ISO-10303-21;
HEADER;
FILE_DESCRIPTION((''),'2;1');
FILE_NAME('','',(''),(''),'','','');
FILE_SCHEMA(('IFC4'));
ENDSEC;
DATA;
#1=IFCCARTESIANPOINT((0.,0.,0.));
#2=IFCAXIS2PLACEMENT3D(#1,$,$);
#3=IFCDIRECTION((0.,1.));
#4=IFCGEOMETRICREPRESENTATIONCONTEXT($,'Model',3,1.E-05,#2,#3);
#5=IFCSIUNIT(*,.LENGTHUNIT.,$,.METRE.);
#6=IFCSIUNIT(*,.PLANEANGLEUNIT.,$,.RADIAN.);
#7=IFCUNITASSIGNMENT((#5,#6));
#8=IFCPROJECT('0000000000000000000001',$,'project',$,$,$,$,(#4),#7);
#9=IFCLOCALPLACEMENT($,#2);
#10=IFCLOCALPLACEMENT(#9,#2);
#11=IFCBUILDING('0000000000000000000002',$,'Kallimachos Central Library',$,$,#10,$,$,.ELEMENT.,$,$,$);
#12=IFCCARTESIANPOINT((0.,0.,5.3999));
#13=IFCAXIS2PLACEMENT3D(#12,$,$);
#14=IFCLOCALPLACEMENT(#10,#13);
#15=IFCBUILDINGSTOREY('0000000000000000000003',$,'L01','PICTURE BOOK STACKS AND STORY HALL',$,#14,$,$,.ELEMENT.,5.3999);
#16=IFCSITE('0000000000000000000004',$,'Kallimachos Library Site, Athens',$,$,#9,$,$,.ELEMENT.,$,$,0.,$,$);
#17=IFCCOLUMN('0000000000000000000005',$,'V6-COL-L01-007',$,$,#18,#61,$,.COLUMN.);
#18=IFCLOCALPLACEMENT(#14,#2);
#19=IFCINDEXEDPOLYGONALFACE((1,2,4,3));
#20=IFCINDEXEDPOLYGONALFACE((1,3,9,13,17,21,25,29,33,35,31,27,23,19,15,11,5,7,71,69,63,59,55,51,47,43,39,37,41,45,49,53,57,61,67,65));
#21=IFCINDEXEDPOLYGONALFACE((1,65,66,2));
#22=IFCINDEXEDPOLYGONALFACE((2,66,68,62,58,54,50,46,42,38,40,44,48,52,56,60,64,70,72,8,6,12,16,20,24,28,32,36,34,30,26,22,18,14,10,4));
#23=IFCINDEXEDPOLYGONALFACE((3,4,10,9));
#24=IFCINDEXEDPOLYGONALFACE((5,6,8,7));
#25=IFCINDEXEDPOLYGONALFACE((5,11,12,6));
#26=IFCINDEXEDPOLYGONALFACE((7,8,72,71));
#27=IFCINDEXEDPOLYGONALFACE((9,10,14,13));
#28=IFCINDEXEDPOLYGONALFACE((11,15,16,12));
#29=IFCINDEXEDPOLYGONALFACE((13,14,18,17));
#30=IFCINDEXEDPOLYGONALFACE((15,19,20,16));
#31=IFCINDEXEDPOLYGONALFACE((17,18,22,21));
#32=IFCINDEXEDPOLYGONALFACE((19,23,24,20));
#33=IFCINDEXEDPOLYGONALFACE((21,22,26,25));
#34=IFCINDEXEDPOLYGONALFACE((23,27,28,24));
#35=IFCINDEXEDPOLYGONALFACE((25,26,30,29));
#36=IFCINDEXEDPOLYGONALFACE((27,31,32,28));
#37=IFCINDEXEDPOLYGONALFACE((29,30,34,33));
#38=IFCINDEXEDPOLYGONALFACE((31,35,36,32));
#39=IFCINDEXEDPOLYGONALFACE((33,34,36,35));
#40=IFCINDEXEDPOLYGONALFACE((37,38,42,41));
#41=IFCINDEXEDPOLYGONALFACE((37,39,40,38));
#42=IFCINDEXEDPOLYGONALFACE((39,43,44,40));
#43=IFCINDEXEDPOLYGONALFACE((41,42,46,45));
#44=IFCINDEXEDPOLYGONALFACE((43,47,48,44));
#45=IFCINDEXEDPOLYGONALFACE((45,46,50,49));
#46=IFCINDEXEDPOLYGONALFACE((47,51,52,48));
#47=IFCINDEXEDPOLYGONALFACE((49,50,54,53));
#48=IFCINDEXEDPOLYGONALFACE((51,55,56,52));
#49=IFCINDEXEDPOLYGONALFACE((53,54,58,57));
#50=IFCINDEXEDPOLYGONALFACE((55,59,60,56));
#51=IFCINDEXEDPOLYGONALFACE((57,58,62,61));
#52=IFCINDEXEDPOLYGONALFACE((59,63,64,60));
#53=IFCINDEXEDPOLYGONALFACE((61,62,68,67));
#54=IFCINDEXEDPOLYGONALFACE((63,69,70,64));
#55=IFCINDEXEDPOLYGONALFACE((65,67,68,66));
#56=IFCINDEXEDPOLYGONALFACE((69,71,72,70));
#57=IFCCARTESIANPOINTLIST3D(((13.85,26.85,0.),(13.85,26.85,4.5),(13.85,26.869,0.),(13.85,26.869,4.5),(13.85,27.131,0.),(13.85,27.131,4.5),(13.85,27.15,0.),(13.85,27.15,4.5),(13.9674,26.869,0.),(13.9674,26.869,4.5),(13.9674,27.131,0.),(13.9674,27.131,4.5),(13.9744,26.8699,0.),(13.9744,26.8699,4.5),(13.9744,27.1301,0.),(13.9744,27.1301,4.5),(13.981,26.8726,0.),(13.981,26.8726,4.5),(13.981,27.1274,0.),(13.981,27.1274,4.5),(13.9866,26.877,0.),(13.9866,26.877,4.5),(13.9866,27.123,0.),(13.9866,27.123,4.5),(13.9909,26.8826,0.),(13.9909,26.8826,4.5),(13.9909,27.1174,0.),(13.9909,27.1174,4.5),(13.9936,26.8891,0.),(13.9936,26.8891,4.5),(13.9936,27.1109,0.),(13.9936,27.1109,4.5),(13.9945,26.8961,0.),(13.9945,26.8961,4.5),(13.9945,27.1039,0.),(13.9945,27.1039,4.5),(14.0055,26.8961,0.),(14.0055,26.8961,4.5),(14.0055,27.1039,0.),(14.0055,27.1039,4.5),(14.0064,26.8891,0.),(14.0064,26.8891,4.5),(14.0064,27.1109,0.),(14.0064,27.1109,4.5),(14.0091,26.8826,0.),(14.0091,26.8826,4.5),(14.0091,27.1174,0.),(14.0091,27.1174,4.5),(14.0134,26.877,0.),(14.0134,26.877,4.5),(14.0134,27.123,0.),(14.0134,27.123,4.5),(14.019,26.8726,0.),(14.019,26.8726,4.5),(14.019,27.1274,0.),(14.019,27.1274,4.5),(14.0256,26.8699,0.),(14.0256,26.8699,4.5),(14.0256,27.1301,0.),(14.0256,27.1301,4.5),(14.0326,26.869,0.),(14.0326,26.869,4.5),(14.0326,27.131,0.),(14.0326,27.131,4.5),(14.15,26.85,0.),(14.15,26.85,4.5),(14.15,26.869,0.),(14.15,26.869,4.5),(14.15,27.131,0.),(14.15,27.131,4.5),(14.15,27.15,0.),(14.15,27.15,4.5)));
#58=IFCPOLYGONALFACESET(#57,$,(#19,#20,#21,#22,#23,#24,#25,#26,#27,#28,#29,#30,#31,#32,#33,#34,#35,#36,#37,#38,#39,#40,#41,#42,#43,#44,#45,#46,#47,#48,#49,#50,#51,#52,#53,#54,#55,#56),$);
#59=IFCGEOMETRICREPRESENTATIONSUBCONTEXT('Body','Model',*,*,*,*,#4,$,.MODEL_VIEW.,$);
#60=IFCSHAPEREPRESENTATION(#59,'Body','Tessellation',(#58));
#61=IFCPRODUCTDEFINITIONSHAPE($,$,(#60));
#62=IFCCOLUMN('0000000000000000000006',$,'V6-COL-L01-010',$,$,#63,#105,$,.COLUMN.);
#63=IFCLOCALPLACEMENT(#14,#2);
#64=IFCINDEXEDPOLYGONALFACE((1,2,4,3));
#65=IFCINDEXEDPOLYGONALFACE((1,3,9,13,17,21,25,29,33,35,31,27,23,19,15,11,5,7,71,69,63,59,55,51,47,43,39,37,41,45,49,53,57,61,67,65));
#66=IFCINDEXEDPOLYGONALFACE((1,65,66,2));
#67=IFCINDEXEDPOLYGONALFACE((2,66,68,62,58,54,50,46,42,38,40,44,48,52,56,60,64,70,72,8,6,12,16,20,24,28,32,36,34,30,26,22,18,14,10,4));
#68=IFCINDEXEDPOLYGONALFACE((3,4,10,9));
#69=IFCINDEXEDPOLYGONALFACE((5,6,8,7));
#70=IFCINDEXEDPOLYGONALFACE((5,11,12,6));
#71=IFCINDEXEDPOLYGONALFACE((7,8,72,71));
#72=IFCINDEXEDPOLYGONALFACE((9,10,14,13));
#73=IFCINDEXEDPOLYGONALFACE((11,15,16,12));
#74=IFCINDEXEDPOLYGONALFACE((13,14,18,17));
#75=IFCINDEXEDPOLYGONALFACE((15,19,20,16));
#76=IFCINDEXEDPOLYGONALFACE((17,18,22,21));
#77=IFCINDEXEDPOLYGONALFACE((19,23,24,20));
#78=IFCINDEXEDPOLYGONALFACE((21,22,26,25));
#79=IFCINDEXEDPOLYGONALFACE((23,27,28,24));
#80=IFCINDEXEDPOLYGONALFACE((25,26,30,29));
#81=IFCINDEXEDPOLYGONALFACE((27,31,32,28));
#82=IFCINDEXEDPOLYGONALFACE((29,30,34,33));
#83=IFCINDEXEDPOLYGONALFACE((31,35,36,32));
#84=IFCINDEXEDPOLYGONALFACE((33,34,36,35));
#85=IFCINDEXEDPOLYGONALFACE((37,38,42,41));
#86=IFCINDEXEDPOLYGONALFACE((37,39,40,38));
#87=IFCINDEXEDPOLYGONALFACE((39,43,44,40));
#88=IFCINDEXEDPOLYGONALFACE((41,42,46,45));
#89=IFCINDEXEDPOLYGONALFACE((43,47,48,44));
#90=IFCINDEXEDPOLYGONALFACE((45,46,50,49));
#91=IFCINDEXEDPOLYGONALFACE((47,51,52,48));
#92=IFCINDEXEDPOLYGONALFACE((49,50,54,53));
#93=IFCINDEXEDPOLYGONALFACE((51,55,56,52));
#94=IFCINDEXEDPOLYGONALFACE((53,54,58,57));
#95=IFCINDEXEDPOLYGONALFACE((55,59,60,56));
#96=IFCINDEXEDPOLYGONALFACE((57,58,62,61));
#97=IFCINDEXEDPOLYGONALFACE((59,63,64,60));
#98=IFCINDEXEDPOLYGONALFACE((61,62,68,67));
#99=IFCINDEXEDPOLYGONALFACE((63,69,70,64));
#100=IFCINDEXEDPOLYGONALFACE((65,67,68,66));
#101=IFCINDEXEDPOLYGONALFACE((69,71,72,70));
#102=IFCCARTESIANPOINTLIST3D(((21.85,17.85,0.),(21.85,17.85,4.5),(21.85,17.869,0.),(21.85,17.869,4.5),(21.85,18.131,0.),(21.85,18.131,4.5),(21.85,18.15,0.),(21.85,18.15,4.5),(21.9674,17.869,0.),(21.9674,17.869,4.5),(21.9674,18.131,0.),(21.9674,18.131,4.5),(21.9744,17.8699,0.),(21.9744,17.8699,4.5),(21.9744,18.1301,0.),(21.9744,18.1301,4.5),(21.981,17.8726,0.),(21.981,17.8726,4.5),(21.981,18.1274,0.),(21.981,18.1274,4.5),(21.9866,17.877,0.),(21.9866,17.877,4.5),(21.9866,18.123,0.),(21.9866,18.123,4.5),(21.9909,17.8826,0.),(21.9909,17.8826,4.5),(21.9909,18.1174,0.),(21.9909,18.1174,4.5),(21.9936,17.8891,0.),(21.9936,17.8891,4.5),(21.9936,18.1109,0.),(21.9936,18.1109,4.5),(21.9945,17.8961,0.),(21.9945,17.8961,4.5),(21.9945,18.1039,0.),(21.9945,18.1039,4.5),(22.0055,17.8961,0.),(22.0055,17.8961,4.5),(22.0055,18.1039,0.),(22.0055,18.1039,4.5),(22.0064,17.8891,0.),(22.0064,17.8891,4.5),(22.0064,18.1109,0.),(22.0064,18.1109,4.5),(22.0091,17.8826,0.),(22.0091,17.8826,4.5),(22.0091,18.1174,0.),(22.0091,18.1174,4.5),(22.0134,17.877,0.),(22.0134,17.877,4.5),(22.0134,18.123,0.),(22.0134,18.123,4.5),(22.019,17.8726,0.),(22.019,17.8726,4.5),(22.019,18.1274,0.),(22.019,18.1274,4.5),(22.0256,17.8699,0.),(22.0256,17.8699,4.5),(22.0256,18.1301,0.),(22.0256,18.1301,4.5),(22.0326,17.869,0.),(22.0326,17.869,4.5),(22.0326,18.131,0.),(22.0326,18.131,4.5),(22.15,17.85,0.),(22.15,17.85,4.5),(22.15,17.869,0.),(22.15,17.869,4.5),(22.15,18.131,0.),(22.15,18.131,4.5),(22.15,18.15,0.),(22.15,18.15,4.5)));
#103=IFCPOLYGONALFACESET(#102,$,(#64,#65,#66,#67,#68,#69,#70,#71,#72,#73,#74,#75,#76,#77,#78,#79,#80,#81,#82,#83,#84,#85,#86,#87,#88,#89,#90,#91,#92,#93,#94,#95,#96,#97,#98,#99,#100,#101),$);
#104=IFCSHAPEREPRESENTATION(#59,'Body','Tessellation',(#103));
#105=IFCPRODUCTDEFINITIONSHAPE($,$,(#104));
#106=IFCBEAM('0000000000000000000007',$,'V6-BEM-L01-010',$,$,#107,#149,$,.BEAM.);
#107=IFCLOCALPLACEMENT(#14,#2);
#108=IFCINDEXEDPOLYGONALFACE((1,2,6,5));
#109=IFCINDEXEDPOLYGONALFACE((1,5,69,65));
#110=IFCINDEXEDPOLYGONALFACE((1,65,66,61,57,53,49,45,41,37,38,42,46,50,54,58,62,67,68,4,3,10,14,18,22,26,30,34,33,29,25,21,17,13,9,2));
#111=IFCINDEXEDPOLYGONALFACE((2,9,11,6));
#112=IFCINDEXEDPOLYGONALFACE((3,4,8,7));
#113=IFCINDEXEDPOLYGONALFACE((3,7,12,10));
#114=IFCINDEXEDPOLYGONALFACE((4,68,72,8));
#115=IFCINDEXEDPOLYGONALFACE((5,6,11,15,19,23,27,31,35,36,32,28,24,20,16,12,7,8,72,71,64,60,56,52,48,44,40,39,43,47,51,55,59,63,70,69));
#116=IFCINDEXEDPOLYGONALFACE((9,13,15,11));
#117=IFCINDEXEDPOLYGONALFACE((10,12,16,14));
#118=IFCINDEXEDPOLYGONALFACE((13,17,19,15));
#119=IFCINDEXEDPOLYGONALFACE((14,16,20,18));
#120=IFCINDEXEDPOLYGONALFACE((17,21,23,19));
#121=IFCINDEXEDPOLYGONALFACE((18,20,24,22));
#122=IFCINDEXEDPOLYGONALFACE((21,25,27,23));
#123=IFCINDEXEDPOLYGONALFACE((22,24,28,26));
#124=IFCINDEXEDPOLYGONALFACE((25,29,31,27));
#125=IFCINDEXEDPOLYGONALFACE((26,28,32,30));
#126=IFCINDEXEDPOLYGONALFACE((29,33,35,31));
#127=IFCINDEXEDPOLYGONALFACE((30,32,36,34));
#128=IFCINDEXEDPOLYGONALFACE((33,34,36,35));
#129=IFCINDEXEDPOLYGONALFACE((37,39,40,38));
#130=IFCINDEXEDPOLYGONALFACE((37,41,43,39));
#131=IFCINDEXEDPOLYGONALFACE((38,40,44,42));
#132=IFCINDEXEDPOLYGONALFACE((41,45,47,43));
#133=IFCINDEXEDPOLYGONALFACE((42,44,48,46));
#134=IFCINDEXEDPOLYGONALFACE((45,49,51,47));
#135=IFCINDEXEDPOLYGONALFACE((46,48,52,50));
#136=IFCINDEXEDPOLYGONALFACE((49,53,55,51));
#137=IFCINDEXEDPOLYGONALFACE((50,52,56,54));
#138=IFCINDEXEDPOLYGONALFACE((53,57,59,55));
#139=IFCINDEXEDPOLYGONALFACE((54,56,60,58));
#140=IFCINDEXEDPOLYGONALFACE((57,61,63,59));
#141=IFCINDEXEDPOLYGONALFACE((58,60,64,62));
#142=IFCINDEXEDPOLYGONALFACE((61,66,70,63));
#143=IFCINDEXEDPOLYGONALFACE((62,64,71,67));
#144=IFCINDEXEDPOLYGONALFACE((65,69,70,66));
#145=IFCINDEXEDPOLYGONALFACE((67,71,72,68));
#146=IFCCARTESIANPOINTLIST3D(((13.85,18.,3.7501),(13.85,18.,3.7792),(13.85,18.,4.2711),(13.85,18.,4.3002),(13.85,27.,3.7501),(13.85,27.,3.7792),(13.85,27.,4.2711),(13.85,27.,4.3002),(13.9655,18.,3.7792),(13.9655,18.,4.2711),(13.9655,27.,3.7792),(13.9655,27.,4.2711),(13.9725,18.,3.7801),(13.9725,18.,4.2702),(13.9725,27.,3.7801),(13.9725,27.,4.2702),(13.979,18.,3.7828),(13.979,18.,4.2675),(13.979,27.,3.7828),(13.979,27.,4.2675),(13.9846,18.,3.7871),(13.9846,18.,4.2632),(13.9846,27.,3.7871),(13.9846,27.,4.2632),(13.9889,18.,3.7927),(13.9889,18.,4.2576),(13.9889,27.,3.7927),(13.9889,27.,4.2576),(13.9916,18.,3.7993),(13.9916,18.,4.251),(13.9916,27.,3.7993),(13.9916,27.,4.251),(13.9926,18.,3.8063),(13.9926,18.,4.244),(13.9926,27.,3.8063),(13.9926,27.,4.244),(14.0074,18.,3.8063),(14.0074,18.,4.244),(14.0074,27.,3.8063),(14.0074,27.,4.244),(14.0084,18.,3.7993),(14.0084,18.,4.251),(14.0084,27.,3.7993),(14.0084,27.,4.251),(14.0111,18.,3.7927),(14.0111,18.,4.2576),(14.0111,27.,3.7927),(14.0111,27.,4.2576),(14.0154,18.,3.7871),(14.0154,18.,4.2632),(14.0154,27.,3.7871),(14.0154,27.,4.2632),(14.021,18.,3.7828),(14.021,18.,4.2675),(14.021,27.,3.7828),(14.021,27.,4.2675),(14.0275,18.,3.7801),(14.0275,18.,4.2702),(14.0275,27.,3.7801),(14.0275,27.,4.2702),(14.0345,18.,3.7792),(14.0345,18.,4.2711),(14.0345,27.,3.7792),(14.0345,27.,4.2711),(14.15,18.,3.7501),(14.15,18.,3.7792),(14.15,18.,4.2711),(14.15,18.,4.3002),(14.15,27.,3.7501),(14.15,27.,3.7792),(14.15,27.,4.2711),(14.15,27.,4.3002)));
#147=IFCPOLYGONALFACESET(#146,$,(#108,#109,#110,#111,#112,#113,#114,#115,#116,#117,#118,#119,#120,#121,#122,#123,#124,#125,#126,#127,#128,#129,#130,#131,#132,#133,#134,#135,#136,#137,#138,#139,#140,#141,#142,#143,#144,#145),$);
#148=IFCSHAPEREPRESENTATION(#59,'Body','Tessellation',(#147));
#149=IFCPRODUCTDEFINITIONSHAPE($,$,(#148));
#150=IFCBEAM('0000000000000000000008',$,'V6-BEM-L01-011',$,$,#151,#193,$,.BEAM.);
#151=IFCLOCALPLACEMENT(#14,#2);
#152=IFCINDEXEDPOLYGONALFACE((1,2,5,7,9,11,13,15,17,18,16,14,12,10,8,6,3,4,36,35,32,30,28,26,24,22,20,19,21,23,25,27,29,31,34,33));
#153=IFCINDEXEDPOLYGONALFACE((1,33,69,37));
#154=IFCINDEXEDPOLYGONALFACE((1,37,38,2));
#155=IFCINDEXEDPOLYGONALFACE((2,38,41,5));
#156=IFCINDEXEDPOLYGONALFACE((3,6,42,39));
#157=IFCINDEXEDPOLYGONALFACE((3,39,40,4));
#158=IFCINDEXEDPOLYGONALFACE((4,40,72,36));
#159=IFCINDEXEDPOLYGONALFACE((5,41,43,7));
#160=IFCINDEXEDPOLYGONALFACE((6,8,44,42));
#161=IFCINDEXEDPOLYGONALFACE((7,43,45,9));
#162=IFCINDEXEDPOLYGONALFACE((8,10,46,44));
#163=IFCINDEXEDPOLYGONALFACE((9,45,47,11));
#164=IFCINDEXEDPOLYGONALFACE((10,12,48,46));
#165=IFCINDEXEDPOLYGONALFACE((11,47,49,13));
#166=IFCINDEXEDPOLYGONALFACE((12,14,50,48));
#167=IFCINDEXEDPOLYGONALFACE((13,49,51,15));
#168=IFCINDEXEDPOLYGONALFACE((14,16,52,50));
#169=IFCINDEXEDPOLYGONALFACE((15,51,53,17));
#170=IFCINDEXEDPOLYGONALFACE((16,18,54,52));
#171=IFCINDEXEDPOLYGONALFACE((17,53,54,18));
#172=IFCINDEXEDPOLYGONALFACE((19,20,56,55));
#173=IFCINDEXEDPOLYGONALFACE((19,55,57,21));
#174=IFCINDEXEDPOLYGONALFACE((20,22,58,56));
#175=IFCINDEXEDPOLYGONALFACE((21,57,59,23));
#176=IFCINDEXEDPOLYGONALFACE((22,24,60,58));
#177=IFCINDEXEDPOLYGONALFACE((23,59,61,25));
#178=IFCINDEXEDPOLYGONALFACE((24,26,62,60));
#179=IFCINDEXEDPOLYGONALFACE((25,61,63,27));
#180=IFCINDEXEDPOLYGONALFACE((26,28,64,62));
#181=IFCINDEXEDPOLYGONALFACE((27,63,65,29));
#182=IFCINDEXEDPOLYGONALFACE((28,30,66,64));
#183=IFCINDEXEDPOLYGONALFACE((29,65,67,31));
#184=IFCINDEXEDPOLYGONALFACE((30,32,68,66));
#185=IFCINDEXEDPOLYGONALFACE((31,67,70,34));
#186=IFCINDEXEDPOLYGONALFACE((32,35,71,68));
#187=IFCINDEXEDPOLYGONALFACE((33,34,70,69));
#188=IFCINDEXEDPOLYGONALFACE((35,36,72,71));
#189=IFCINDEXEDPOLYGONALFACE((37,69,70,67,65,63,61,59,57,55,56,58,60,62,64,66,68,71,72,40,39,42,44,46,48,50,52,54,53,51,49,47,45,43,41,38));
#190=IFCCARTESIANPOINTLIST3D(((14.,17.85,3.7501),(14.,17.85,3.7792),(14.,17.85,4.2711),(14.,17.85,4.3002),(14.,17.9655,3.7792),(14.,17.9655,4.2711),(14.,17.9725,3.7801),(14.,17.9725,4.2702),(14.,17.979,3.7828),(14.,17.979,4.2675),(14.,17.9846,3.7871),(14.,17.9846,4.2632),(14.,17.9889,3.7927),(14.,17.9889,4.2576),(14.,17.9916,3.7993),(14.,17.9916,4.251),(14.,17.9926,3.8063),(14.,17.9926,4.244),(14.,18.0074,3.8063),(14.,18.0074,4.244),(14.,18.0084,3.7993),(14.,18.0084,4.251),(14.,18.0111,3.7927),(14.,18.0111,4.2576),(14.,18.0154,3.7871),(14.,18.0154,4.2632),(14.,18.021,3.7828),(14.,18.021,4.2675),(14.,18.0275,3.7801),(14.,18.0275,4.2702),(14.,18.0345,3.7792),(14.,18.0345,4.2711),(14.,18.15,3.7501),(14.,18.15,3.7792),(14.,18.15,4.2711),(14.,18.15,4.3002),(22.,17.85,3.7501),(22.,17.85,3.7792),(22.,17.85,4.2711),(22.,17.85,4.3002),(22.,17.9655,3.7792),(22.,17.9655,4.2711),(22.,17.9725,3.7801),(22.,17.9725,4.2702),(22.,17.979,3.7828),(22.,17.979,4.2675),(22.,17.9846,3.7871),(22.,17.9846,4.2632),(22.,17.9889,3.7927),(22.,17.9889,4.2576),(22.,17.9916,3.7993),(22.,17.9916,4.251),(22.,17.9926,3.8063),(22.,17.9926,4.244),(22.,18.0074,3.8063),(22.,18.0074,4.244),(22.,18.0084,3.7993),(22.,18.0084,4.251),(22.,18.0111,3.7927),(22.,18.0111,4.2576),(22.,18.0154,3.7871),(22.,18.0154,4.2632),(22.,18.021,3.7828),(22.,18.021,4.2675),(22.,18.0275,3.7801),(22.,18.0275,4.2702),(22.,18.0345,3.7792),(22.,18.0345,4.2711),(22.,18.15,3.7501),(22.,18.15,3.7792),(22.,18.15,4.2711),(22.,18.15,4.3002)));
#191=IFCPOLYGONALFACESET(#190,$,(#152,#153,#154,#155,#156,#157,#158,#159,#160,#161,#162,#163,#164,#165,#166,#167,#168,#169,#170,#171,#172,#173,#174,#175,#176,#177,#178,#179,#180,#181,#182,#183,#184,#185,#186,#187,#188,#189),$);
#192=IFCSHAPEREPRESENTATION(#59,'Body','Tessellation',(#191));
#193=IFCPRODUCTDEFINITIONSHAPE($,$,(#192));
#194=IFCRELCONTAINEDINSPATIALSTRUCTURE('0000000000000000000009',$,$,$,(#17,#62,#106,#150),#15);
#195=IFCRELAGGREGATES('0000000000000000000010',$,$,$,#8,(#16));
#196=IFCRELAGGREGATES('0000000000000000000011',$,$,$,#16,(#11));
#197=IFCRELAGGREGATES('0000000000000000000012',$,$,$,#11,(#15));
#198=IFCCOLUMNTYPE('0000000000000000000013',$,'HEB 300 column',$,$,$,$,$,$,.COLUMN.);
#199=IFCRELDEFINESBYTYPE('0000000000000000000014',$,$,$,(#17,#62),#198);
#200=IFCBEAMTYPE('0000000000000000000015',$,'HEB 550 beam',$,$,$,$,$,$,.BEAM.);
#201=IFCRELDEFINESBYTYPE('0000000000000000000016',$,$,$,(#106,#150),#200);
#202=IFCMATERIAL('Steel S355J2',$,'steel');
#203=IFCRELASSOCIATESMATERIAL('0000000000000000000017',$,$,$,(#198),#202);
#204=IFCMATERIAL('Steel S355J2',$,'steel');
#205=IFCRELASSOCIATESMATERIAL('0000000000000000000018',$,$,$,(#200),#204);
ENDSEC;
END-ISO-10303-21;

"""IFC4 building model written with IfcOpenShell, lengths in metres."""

from ifc_helpers import new_model, si_unit, direction, frame, origin, origin_2d, place, context, subcontext, project, spatial, i_section, extrude, material, material_profile, profile_set, type_object, element, save


model = new_model("IFC4")

# Units and contexts
model_context = context("Model", 3, precision=1e-05, world=origin(), true_north=direction((0.0, 1.0)))
body_context = subcontext(model_context, "Body", "Model", "MODEL_VIEW")
ifc_project = project(units=[si_unit("LENGTHUNIT", "METRE"), si_unit("PLANEANGLEUNIT", "RADIAN")], contexts=[model_context])

# Site, building, storey
site_placement = place(None, origin())
site = spatial("IfcSite", under=ifc_project, at=site_placement, Name="Kallimachos Library Site, Athens", CompositionType="ELEMENT", RefElevation=0.0)
building_placement = place(site_placement, origin())
building = spatial("IfcBuilding", under=site, at=building_placement, Name="Kallimachos Central Library", CompositionType="ELEMENT")
storey_placement = place(building_placement, frame((0.0, 0.0, 5.3999)))
storey = spatial("IfcBuildingStorey", under=building, at=storey_placement, Name="L01", Description="PICTURE BOOK STACKS AND STORY HALL", CompositionType="ELEMENT", Elevation=5.3999)

# Columns
ifc_material_1 = material(Name="Steel S355J2", Category="steel")
ifc_material_profile_1 = material_profile(ifc_material_1, i_section(OverallWidth=0.3, OverallDepth=0.3, WebThickness=0.011, FlangeThickness=0.019, FilletRadius=0.0271, at=origin_2d()), Name="HEB 300")
ifc_profile_set_1 = profile_set([ifc_material_profile_1], Name="Steel S355J2")
column_type = type_object("IfcColumnType", Name="HEB 300 column", PredefinedType="COLUMN", material=ifc_profile_set_1)
for number, where, z_axis, x_axis, name in (
    (1, (14.0, 27.0, 0.0), (0.0, 0.0, 1.0), (1.0, 0.0, 0.0), "V6-COL-L01-007"),
    (2, (22.0, 18.0, 0.0), (0.0, 0.0, 1.0), (1.0, 0.0, 0.0), "V6-COL-L01-010"),
):
    element("IfcColumn", number, at=place(storey_placement, frame(where, z_axis=z_axis, x_axis=x_axis)), inside=storey, type_object=column_type, Name=name, PredefinedType="COLUMN", context=body_context, shape_type="SweptSolid", body=[
        extrude(i_section(OverallWidth=0.3, OverallDepth=0.3, WebThickness=0.011, FlangeThickness=0.019, FilletRadius=0.0271, at=origin_2d()), origin(), (0.0, 0.0, 1.0), 4.5),
    ])

# Beams
ifc_material_2 = material(Name="Steel S355J2", Category="steel")
ifc_material_profile_2 = material_profile(ifc_material_2, i_section(OverallWidth=0.3, OverallDepth=0.55, WebThickness=0.0149, FlangeThickness=0.0291, FilletRadius=0.0271, at=origin_2d()), Name="HEB 550")
ifc_profile_set_2 = profile_set([ifc_material_profile_2], Name="Steel S355J2")
beam_type_1 = type_object("IfcBeamType", Name="HEB 550 beam", PredefinedType="BEAM", material=ifc_profile_set_2)
beam_1_placement = place(storey_placement, frame((14.0, 18.0, 4.0251), z_axis=(0.0, 1.0, 0.0), x_axis=(-1.0, 0.0, 0.0)))
element("IfcBeam", 3, at=beam_1_placement, inside=storey, type_object=beam_type_1, Name="V6-BEM-L01-010", PredefinedType="BEAM", context=body_context, shape_type="SweptSolid", body=[
    extrude(i_section(OverallWidth=0.3, OverallDepth=0.55, WebThickness=0.0149, FlangeThickness=0.0291, FilletRadius=0.0271, at=origin_2d()), origin(), (0.0, 0.0, 1.0), 9.0),
])
beam_2_placement = place(storey_placement, frame((14.0, 18.0, 4.0251), z_axis=(1.0, 0.0, 0.0), x_axis=(0.0, 1.0, 0.0)))
element("IfcBeam", 4, at=beam_2_placement, inside=storey, type_object=beam_type_1, Name="V6-BEM-L01-011", PredefinedType="BEAM", context=body_context, shape_type="SweptSolid", body=[
    extrude(i_section(OverallWidth=0.3, OverallDepth=0.55, WebThickness=0.0149, FlangeThickness=0.0291, FilletRadius=0.0271, at=origin_2d()), origin(), (0.0, 0.0, 1.0), 8.0),
])

save(model, "model.ifc")
